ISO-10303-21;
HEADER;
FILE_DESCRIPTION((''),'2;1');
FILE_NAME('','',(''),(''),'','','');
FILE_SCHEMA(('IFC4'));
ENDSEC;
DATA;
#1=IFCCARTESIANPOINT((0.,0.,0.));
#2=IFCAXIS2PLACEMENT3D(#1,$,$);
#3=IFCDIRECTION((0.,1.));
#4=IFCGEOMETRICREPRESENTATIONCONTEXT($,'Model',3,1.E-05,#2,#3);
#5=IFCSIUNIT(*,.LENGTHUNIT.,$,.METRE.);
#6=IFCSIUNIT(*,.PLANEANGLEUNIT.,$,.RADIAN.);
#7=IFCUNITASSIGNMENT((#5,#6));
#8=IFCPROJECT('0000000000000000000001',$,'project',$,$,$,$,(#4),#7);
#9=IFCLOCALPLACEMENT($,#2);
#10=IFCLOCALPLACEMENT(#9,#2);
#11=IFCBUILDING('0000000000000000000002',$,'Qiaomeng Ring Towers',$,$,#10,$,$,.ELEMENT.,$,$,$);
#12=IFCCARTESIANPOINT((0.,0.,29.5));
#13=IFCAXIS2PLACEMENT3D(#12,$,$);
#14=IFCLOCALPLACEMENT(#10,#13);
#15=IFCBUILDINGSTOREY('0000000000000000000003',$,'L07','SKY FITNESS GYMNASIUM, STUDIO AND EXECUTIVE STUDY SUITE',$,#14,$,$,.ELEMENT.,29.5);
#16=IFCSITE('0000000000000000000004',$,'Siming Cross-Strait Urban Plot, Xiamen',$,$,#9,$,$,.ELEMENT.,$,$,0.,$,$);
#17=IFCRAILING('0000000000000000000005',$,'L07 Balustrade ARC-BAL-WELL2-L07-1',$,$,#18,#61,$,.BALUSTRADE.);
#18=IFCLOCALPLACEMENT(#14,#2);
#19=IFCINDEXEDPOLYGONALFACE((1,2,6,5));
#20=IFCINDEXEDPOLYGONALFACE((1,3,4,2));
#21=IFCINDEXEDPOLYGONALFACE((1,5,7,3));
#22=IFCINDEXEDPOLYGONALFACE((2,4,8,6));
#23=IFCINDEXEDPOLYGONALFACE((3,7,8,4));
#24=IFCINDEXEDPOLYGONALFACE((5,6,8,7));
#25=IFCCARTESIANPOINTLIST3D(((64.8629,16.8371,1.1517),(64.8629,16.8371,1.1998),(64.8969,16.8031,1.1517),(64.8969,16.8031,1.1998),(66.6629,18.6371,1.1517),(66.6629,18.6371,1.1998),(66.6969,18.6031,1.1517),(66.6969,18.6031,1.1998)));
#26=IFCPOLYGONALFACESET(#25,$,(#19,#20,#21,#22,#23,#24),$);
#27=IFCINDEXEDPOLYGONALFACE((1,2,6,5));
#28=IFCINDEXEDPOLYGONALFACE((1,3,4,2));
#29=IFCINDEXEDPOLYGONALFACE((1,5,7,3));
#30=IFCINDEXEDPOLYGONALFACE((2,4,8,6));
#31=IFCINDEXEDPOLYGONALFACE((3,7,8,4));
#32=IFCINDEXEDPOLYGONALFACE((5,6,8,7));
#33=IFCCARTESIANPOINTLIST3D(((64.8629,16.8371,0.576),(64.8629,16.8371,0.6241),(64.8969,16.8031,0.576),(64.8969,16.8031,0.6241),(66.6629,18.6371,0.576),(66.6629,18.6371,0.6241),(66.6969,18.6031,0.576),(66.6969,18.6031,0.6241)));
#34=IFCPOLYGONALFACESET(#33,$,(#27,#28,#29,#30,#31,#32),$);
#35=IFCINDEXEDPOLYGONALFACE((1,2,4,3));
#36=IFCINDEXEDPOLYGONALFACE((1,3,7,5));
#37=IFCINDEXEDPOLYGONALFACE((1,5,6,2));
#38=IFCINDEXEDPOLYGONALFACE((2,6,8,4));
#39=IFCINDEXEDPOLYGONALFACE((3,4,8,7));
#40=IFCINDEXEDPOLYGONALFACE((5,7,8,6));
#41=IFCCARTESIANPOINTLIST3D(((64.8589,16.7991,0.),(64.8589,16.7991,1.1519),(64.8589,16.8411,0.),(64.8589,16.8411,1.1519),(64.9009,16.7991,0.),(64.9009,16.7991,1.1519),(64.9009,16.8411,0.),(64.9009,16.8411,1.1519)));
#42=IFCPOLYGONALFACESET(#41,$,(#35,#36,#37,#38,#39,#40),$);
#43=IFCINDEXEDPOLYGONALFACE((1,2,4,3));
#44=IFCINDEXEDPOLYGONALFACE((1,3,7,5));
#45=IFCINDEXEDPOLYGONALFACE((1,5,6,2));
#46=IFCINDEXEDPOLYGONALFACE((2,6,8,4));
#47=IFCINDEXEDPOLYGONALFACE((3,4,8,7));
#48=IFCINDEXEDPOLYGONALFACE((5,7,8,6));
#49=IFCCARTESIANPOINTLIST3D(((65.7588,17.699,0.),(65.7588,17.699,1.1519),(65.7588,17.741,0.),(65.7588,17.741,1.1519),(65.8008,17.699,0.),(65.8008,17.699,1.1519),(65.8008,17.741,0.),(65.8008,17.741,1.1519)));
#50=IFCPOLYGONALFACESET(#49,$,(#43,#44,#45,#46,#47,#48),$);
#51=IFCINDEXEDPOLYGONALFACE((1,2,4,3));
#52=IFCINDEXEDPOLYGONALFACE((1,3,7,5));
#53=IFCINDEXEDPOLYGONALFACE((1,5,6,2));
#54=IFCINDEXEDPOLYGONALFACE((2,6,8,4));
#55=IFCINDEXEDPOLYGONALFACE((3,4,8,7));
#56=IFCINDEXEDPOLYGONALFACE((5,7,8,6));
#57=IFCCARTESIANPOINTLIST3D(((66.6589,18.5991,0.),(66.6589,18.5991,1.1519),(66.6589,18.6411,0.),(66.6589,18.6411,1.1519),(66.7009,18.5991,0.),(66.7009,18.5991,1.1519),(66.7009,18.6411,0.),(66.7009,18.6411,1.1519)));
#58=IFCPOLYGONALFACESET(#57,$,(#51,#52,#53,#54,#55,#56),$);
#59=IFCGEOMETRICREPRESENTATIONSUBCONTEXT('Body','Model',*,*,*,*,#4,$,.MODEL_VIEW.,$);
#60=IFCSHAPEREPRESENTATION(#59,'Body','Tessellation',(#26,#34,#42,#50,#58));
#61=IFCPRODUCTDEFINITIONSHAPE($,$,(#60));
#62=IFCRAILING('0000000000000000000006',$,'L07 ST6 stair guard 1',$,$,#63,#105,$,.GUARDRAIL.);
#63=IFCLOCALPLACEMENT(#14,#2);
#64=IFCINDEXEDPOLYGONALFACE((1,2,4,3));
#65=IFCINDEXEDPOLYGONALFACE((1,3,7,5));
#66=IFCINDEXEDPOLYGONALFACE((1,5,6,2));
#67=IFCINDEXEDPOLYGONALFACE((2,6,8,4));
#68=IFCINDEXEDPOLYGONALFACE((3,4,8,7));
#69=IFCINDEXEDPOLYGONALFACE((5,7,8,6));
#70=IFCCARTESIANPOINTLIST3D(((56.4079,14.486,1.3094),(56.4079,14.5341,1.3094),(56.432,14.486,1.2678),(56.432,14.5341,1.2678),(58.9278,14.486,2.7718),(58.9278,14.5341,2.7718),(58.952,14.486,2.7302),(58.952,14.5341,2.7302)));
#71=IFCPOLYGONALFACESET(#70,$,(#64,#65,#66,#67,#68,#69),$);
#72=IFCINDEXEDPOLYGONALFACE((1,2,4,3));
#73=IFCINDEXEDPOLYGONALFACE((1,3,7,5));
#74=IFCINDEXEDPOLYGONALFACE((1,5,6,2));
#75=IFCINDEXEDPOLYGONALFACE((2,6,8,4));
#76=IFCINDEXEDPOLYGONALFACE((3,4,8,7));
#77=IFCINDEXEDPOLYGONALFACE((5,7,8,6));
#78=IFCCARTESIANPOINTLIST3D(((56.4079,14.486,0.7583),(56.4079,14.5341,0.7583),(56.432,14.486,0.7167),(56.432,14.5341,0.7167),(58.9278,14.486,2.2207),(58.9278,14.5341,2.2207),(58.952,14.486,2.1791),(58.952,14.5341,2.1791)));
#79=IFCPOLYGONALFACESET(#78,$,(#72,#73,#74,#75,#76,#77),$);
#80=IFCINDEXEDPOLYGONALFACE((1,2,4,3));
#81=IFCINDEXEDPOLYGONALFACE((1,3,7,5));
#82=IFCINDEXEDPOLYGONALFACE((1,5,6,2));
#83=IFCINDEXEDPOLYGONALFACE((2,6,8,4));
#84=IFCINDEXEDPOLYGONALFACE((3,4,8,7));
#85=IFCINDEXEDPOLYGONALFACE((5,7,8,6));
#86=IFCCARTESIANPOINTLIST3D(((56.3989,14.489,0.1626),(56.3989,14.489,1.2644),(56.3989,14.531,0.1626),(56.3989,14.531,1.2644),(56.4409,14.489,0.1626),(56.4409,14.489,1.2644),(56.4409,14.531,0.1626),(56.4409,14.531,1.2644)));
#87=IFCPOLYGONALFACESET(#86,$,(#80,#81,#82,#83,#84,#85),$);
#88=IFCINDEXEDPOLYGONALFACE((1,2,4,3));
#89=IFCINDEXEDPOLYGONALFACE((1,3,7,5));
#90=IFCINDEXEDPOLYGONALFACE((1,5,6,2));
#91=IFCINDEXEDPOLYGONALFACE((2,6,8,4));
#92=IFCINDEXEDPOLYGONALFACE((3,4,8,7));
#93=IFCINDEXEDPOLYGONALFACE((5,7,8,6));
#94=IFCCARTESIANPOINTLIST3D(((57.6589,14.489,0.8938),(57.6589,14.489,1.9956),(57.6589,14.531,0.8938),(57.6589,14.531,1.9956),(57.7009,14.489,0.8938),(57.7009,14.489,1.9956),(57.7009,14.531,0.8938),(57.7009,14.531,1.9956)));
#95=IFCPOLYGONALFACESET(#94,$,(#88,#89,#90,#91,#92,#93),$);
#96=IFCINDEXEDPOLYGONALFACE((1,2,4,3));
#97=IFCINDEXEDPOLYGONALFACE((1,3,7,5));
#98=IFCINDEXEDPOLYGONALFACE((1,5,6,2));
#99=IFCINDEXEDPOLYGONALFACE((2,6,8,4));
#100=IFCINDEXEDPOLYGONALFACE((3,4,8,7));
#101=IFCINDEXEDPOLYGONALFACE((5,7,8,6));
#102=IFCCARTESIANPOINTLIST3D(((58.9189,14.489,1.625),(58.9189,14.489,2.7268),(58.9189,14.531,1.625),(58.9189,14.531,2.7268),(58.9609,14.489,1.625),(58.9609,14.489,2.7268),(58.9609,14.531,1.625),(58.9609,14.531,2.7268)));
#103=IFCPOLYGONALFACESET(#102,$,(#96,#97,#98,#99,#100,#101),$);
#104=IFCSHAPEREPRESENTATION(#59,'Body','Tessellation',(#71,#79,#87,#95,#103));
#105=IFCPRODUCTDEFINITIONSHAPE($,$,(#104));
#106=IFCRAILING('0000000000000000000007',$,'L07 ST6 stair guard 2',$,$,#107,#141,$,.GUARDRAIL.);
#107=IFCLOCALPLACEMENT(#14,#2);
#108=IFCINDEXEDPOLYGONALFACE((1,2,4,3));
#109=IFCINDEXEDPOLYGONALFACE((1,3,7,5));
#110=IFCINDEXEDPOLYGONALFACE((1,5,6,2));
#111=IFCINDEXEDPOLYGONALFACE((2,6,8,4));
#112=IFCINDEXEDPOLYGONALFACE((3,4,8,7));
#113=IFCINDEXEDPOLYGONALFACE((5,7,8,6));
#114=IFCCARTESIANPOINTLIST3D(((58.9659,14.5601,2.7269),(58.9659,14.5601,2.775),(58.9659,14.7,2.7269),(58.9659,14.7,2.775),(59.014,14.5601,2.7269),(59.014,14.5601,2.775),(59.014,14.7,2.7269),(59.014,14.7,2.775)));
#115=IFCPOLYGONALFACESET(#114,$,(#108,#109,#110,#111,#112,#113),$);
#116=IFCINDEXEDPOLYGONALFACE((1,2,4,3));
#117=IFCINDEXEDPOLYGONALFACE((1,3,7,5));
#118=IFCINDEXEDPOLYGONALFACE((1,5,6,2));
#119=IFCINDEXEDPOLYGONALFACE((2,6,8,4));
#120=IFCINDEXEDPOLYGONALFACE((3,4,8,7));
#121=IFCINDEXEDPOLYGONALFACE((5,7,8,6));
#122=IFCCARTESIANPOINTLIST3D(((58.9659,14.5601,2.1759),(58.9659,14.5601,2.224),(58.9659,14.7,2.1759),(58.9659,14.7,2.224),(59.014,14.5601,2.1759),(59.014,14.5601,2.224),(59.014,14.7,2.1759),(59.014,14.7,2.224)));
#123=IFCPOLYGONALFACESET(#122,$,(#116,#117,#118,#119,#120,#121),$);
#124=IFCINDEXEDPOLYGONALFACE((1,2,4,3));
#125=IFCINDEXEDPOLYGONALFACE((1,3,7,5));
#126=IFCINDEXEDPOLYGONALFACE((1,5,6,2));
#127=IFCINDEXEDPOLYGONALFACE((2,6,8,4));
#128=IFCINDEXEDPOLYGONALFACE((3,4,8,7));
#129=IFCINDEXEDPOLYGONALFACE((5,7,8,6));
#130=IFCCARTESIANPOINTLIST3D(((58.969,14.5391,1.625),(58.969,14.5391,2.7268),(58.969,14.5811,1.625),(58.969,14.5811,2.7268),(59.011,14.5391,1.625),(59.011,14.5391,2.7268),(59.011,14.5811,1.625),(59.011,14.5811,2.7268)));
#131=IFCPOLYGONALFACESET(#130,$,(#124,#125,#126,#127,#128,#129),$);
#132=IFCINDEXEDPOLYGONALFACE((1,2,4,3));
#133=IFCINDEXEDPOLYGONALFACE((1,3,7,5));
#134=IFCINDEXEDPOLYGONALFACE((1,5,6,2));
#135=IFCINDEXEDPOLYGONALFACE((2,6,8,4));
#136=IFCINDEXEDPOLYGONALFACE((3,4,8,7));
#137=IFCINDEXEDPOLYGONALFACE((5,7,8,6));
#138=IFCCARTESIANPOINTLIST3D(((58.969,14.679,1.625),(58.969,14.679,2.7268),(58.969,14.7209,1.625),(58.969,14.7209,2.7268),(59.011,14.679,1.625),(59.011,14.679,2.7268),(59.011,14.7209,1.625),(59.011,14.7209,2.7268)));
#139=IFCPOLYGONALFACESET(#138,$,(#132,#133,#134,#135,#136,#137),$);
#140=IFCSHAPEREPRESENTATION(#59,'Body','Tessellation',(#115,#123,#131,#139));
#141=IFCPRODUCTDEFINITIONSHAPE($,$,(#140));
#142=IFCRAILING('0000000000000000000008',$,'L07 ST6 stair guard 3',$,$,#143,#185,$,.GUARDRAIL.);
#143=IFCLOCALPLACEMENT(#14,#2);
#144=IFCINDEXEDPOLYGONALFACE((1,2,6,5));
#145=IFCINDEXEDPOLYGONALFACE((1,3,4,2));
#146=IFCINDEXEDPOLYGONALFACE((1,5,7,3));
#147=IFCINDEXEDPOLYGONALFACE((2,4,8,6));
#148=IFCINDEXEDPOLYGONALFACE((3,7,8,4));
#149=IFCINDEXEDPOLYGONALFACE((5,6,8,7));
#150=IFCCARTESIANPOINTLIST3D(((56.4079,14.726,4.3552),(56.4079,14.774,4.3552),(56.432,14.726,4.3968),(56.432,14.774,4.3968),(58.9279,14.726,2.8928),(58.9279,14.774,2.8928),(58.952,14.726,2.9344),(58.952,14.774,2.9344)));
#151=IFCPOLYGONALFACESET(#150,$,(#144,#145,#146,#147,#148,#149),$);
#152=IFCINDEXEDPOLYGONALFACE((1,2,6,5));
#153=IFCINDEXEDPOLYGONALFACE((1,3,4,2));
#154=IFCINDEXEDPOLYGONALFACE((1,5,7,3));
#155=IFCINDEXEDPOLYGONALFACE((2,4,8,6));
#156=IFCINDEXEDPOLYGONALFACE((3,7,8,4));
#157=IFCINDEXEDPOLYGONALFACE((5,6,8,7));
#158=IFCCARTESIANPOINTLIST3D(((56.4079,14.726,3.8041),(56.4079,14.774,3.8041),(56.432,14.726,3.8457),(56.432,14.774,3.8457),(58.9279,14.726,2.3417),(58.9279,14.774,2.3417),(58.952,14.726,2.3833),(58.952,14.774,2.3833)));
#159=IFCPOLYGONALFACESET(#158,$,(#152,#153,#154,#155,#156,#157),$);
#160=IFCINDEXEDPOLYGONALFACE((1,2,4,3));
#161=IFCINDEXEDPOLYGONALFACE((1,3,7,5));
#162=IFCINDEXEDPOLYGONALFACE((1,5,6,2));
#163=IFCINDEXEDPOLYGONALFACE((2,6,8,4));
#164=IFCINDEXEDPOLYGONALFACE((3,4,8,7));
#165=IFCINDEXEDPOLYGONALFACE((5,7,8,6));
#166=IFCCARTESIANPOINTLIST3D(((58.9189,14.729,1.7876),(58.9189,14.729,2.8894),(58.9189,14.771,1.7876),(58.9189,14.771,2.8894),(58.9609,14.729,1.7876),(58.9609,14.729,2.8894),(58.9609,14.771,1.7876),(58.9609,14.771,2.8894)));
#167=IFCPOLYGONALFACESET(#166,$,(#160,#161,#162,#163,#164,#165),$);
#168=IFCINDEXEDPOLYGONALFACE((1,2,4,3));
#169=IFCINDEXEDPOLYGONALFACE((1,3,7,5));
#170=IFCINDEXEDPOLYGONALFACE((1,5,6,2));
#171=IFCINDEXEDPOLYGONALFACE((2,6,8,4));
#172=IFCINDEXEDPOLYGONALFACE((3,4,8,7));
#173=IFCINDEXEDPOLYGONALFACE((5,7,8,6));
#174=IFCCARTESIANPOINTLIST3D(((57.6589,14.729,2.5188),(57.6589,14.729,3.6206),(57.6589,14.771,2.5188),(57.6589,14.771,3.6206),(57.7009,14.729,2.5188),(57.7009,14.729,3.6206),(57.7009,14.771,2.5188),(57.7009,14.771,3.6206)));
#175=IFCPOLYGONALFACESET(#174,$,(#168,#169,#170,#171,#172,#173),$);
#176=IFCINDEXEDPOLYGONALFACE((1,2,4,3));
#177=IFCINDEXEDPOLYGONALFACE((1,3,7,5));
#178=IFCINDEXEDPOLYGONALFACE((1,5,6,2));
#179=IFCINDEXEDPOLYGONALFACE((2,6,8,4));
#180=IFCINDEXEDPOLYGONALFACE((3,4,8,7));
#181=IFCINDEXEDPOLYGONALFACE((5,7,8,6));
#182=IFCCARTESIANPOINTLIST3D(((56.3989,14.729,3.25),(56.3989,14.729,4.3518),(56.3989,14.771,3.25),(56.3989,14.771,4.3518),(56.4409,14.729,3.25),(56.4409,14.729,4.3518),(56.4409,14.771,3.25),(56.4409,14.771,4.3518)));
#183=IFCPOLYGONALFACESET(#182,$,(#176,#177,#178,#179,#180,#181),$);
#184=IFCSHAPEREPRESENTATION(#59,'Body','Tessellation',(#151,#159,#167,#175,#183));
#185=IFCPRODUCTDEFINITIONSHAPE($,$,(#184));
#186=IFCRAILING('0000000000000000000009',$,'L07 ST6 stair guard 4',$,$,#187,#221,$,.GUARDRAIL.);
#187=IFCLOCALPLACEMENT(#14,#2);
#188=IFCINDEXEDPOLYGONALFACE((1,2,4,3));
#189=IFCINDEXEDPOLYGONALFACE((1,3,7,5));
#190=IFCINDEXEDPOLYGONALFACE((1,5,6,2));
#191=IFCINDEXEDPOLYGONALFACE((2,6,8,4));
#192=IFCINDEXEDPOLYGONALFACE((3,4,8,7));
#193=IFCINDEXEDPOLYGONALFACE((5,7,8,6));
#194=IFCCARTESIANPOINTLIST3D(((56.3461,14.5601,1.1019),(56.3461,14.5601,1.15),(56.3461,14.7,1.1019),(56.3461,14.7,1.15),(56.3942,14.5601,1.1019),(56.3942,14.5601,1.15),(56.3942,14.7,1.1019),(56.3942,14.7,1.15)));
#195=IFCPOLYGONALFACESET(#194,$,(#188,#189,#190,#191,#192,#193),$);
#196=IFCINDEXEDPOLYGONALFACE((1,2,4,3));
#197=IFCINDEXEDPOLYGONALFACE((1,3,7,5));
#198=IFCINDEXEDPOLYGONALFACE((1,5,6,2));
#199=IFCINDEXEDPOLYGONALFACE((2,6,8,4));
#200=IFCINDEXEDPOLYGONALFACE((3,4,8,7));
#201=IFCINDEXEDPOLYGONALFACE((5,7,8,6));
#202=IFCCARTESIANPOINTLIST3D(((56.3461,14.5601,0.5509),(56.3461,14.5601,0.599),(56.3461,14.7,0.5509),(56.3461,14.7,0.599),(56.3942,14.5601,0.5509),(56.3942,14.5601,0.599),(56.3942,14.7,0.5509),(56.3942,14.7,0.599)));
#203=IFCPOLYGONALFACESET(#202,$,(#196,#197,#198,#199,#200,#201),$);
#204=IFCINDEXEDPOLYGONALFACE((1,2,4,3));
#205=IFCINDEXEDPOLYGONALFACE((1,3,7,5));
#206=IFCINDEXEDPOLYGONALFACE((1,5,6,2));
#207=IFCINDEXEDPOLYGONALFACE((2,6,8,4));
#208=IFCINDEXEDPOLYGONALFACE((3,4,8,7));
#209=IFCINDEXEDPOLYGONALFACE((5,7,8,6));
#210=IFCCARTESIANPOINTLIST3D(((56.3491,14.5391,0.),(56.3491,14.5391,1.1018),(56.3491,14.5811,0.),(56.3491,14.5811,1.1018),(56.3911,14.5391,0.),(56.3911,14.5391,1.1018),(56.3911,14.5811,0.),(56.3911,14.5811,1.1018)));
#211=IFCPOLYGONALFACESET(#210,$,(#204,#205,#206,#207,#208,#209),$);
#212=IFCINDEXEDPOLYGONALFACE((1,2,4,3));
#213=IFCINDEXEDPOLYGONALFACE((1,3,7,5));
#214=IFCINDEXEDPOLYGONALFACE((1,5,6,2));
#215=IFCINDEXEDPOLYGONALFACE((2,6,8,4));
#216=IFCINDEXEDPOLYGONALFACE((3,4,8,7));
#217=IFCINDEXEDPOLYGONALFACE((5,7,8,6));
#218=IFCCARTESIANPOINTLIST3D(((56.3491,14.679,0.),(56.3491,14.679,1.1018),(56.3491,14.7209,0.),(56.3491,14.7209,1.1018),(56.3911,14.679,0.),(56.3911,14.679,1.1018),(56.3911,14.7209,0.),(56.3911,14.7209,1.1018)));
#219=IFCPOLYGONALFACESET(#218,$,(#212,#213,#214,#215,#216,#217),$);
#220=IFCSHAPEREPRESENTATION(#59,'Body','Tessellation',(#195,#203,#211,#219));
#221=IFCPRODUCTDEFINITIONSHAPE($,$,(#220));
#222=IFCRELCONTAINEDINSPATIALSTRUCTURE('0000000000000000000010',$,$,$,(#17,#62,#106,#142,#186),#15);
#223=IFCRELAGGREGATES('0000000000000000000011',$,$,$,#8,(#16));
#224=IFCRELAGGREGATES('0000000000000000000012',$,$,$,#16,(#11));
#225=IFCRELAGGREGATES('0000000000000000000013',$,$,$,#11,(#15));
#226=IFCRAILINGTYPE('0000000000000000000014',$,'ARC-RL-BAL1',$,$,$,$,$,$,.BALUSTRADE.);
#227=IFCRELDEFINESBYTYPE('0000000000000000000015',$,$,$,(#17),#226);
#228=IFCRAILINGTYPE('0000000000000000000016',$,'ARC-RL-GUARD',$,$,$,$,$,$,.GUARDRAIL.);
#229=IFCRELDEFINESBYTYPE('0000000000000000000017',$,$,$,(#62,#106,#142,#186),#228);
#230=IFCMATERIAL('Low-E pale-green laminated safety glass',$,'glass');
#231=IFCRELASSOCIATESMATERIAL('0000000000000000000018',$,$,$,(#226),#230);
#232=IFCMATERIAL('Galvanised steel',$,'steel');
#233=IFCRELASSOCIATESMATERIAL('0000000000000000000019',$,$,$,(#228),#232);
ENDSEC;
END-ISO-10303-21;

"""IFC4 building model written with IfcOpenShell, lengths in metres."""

from ifc_helpers import new_model, si_unit, direction, frame, origin, origin_2d, place, context, subcontext, project, spatial, rectangle, extrude, material, type_object, element, save


model = new_model("IFC4")

# Units and contexts
model_context = context("Model", 3, precision=1e-05, world=origin(), true_north=direction((0.0, 1.0)))
body_context = subcontext(model_context, "Body", "Model", "MODEL_VIEW")
ifc_project = project(units=[si_unit("LENGTHUNIT", "METRE"), si_unit("PLANEANGLEUNIT", "RADIAN")], contexts=[model_context])

# Site, building, storey
site_placement = place(None, origin())
site = spatial("IfcSite", under=ifc_project, at=site_placement, Name="Siming Cross-Strait Urban Plot, Xiamen", CompositionType="ELEMENT", RefElevation=0.0)
building_placement = place(site_placement, origin())
building = spatial("IfcBuilding", under=site, at=building_placement, Name="Qiaomeng Ring Towers", CompositionType="ELEMENT")
storey_placement = place(building_placement, frame((0.0, 0.0, 29.5)))
storey = spatial("IfcBuildingStorey", under=building, at=storey_placement, Name="L07", Description="SKY FITNESS GYMNASIUM, STUDIO AND EXECUTIVE STUDY SUITE", CompositionType="ELEMENT", Elevation=29.5)

# Railings
ifc_material_1 = material(Name="Low-E pale-green laminated safety glass", Category="glass")
railing_type_1 = type_object("IfcRailingType", Name="ARC-RL-BAL1", PredefinedType="BALUSTRADE", material=ifc_material_1)
railing_1_placement = place(storey_placement, frame((64.8799, 16.8201, 0.0)))
element("IfcRailing", 1, at=railing_1_placement, inside=storey, type_object=railing_type_1, Name="L07 Balustrade ARC-BAL-WELL2-L07-1", PredefinedType="BALUSTRADE", context=body_context, shape_type="SweptSolid", body=[
    extrude(rectangle(XDim=0.0481, YDim=0.0481, at=origin_2d()), frame((0.0, 0.0, 1.1758), z_axis=(0.707107, 0.707107, 0.0), x_axis=(-0.707107, 0.707107, 0.0)), (0.0, 0.0, 1.0), 2.5457),
    extrude(rectangle(XDim=0.0481, YDim=0.0481, at=origin_2d()), frame((0.0, 0.0, 0.6001), z_axis=(0.707107, 0.707107, 0.0), x_axis=(-0.707107, 0.707107, 0.0)), (0.0, 0.0, 1.0), 2.5457),
    extrude(rectangle(XDim=0.042, YDim=0.042, at=origin_2d()), origin(), (0.0, 0.0, 1.0), 1.1519),
    extrude(rectangle(XDim=0.042, YDim=0.042, at=origin_2d()), frame((0.8999, 0.8999, 0.0)), (0.0, 0.0, 1.0), 1.1519),
    extrude(rectangle(XDim=0.042, YDim=0.042, at=origin_2d()), frame((1.8, 1.8, 0.0)), (0.0, 0.0, 1.0), 1.1519),
])
ifc_material_2 = material(Name="Galvanised steel", Category="steel")
railing_type_2 = type_object("IfcRailingType", Name="ARC-RL-GUARD", PredefinedType="GUARDRAIL", material=ifc_material_2)
railing_2_placement = place(storey_placement, frame((56.4199, 14.51, 0.1626)))
element("IfcRailing", 2, at=railing_2_placement, inside=storey, type_object=railing_type_2, Name="L07 ST6 stair guard 1", PredefinedType="GUARDRAIL", context=body_context, shape_type="SweptSolid", body=[
    extrude(rectangle(XDim=0.0481, YDim=0.0481, at=origin_2d()), frame((0.0, 0.0, 1.126), z_axis=(0.864913, 0.0, 0.501921), x_axis=(0.0, 1.0, 0.0)), (0.0, 0.0, 1.0), 2.9136),
    extrude(rectangle(XDim=0.0481, YDim=0.0481, at=origin_2d()), frame((0.0, 0.0, 0.575), z_axis=(0.864913, 0.0, 0.501921), x_axis=(0.0, 1.0, 0.0)), (0.0, 0.0, 1.0), 2.9136),
    extrude(rectangle(XDim=0.042, YDim=0.042, at=origin_2d()), origin(), (0.0, 0.0, 1.0), 1.1018),
    extrude(rectangle(XDim=0.042, YDim=0.042, at=origin_2d()), frame((1.26, 0.0, 0.7312)), (0.0, 0.0, 1.0), 1.1018),
    extrude(rectangle(XDim=0.042, YDim=0.042, at=origin_2d()), frame((2.52, 0.0, 1.4624)), (0.0, 0.0, 1.0), 1.1018),
])
railing_3_placement = place(storey_placement, frame((58.99, 14.5601, 1.625)))
element("IfcRailing", 3, at=railing_3_placement, inside=storey, type_object=railing_type_2, Name="L07 ST6 stair guard 2", PredefinedType="GUARDRAIL", context=body_context, shape_type="SweptSolid", body=[
    extrude(rectangle(XDim=0.0481, YDim=0.0481, at=origin_2d()), frame((0.0, 0.0, 1.126), z_axis=(0.0, 1.0, 0.0), x_axis=(-1.0, 0.0, 0.0)), (0.0, 0.0, 1.0), 0.1399),
    extrude(rectangle(XDim=0.0481, YDim=0.0481, at=origin_2d()), frame((0.0, 0.0, 0.575), z_axis=(0.0, 1.0, 0.0), x_axis=(-1.0, 0.0, 0.0)), (0.0, 0.0, 1.0), 0.1399),
    extrude(rectangle(XDim=0.042, YDim=0.042, at=origin_2d()), origin(), (0.0, 0.0, 1.0), 1.1018),
    extrude(rectangle(XDim=0.042, YDim=0.042, at=origin_2d()), frame((0.0, 0.1399, 0.0)), (0.0, 0.0, 1.0), 1.1018),
])
railing_4_placement = place(storey_placement, frame((58.9399, 14.75, 1.7876)))
element("IfcRailing", 4, at=railing_4_placement, inside=storey, type_object=railing_type_2, Name="L07 ST6 stair guard 3", PredefinedType="GUARDRAIL", context=body_context, shape_type="SweptSolid", body=[
    extrude(rectangle(XDim=0.0481, YDim=0.0481, at=origin_2d()), frame((0.0, 0.0, 1.126), z_axis=(-0.864913, 0.0, 0.501921), x_axis=(0.0, -1.0, 0.0)), (0.0, 0.0, 1.0), 2.9136),
    extrude(rectangle(XDim=0.0481, YDim=0.0481, at=origin_2d()), frame((0.0, 0.0, 0.575), z_axis=(-0.864913, 0.0, 0.501921), x_axis=(0.0, -1.0, 0.0)), (0.0, 0.0, 1.0), 2.9136),
    extrude(rectangle(XDim=0.042, YDim=0.042, at=origin_2d()), origin(), (0.0, 0.0, 1.0), 1.1018),
    extrude(rectangle(XDim=0.042, YDim=0.042, at=origin_2d()), frame((-1.26, 0.0, 0.7312)), (0.0, 0.0, 1.0), 1.1018),
    extrude(rectangle(XDim=0.042, YDim=0.042, at=origin_2d()), frame((-2.52, 0.0, 1.4624)), (0.0, 0.0, 1.0), 1.1018),
])
railing_5_placement = place(storey_placement, frame((56.3701, 14.5601, 0.0)))
element("IfcRailing", 5, at=railing_5_placement, inside=storey, type_object=railing_type_2, Name="L07 ST6 stair guard 4", PredefinedType="GUARDRAIL", context=body_context, shape_type="SweptSolid", body=[
    extrude(rectangle(XDim=0.0481, YDim=0.0481, at=origin_2d()), frame((0.0, 0.0, 1.126), z_axis=(0.0, 1.0, 0.0), x_axis=(-1.0, 0.0, 0.0)), (0.0, 0.0, 1.0), 0.1399),
    extrude(rectangle(XDim=0.0481, YDim=0.0481, at=origin_2d()), frame((0.0, 0.0, 0.575), z_axis=(0.0, 1.0, 0.0), x_axis=(-1.0, 0.0, 0.0)), (0.0, 0.0, 1.0), 0.1399),
    extrude(rectangle(XDim=0.042, YDim=0.042, at=origin_2d()), origin(), (0.0, 0.0, 1.0), 1.1018),
    extrude(rectangle(XDim=0.042, YDim=0.042, at=origin_2d()), frame((0.0, 0.1399, 0.0)), (0.0, 0.0, 1.0), 1.1018),
])

save(model, "model.ifc")
